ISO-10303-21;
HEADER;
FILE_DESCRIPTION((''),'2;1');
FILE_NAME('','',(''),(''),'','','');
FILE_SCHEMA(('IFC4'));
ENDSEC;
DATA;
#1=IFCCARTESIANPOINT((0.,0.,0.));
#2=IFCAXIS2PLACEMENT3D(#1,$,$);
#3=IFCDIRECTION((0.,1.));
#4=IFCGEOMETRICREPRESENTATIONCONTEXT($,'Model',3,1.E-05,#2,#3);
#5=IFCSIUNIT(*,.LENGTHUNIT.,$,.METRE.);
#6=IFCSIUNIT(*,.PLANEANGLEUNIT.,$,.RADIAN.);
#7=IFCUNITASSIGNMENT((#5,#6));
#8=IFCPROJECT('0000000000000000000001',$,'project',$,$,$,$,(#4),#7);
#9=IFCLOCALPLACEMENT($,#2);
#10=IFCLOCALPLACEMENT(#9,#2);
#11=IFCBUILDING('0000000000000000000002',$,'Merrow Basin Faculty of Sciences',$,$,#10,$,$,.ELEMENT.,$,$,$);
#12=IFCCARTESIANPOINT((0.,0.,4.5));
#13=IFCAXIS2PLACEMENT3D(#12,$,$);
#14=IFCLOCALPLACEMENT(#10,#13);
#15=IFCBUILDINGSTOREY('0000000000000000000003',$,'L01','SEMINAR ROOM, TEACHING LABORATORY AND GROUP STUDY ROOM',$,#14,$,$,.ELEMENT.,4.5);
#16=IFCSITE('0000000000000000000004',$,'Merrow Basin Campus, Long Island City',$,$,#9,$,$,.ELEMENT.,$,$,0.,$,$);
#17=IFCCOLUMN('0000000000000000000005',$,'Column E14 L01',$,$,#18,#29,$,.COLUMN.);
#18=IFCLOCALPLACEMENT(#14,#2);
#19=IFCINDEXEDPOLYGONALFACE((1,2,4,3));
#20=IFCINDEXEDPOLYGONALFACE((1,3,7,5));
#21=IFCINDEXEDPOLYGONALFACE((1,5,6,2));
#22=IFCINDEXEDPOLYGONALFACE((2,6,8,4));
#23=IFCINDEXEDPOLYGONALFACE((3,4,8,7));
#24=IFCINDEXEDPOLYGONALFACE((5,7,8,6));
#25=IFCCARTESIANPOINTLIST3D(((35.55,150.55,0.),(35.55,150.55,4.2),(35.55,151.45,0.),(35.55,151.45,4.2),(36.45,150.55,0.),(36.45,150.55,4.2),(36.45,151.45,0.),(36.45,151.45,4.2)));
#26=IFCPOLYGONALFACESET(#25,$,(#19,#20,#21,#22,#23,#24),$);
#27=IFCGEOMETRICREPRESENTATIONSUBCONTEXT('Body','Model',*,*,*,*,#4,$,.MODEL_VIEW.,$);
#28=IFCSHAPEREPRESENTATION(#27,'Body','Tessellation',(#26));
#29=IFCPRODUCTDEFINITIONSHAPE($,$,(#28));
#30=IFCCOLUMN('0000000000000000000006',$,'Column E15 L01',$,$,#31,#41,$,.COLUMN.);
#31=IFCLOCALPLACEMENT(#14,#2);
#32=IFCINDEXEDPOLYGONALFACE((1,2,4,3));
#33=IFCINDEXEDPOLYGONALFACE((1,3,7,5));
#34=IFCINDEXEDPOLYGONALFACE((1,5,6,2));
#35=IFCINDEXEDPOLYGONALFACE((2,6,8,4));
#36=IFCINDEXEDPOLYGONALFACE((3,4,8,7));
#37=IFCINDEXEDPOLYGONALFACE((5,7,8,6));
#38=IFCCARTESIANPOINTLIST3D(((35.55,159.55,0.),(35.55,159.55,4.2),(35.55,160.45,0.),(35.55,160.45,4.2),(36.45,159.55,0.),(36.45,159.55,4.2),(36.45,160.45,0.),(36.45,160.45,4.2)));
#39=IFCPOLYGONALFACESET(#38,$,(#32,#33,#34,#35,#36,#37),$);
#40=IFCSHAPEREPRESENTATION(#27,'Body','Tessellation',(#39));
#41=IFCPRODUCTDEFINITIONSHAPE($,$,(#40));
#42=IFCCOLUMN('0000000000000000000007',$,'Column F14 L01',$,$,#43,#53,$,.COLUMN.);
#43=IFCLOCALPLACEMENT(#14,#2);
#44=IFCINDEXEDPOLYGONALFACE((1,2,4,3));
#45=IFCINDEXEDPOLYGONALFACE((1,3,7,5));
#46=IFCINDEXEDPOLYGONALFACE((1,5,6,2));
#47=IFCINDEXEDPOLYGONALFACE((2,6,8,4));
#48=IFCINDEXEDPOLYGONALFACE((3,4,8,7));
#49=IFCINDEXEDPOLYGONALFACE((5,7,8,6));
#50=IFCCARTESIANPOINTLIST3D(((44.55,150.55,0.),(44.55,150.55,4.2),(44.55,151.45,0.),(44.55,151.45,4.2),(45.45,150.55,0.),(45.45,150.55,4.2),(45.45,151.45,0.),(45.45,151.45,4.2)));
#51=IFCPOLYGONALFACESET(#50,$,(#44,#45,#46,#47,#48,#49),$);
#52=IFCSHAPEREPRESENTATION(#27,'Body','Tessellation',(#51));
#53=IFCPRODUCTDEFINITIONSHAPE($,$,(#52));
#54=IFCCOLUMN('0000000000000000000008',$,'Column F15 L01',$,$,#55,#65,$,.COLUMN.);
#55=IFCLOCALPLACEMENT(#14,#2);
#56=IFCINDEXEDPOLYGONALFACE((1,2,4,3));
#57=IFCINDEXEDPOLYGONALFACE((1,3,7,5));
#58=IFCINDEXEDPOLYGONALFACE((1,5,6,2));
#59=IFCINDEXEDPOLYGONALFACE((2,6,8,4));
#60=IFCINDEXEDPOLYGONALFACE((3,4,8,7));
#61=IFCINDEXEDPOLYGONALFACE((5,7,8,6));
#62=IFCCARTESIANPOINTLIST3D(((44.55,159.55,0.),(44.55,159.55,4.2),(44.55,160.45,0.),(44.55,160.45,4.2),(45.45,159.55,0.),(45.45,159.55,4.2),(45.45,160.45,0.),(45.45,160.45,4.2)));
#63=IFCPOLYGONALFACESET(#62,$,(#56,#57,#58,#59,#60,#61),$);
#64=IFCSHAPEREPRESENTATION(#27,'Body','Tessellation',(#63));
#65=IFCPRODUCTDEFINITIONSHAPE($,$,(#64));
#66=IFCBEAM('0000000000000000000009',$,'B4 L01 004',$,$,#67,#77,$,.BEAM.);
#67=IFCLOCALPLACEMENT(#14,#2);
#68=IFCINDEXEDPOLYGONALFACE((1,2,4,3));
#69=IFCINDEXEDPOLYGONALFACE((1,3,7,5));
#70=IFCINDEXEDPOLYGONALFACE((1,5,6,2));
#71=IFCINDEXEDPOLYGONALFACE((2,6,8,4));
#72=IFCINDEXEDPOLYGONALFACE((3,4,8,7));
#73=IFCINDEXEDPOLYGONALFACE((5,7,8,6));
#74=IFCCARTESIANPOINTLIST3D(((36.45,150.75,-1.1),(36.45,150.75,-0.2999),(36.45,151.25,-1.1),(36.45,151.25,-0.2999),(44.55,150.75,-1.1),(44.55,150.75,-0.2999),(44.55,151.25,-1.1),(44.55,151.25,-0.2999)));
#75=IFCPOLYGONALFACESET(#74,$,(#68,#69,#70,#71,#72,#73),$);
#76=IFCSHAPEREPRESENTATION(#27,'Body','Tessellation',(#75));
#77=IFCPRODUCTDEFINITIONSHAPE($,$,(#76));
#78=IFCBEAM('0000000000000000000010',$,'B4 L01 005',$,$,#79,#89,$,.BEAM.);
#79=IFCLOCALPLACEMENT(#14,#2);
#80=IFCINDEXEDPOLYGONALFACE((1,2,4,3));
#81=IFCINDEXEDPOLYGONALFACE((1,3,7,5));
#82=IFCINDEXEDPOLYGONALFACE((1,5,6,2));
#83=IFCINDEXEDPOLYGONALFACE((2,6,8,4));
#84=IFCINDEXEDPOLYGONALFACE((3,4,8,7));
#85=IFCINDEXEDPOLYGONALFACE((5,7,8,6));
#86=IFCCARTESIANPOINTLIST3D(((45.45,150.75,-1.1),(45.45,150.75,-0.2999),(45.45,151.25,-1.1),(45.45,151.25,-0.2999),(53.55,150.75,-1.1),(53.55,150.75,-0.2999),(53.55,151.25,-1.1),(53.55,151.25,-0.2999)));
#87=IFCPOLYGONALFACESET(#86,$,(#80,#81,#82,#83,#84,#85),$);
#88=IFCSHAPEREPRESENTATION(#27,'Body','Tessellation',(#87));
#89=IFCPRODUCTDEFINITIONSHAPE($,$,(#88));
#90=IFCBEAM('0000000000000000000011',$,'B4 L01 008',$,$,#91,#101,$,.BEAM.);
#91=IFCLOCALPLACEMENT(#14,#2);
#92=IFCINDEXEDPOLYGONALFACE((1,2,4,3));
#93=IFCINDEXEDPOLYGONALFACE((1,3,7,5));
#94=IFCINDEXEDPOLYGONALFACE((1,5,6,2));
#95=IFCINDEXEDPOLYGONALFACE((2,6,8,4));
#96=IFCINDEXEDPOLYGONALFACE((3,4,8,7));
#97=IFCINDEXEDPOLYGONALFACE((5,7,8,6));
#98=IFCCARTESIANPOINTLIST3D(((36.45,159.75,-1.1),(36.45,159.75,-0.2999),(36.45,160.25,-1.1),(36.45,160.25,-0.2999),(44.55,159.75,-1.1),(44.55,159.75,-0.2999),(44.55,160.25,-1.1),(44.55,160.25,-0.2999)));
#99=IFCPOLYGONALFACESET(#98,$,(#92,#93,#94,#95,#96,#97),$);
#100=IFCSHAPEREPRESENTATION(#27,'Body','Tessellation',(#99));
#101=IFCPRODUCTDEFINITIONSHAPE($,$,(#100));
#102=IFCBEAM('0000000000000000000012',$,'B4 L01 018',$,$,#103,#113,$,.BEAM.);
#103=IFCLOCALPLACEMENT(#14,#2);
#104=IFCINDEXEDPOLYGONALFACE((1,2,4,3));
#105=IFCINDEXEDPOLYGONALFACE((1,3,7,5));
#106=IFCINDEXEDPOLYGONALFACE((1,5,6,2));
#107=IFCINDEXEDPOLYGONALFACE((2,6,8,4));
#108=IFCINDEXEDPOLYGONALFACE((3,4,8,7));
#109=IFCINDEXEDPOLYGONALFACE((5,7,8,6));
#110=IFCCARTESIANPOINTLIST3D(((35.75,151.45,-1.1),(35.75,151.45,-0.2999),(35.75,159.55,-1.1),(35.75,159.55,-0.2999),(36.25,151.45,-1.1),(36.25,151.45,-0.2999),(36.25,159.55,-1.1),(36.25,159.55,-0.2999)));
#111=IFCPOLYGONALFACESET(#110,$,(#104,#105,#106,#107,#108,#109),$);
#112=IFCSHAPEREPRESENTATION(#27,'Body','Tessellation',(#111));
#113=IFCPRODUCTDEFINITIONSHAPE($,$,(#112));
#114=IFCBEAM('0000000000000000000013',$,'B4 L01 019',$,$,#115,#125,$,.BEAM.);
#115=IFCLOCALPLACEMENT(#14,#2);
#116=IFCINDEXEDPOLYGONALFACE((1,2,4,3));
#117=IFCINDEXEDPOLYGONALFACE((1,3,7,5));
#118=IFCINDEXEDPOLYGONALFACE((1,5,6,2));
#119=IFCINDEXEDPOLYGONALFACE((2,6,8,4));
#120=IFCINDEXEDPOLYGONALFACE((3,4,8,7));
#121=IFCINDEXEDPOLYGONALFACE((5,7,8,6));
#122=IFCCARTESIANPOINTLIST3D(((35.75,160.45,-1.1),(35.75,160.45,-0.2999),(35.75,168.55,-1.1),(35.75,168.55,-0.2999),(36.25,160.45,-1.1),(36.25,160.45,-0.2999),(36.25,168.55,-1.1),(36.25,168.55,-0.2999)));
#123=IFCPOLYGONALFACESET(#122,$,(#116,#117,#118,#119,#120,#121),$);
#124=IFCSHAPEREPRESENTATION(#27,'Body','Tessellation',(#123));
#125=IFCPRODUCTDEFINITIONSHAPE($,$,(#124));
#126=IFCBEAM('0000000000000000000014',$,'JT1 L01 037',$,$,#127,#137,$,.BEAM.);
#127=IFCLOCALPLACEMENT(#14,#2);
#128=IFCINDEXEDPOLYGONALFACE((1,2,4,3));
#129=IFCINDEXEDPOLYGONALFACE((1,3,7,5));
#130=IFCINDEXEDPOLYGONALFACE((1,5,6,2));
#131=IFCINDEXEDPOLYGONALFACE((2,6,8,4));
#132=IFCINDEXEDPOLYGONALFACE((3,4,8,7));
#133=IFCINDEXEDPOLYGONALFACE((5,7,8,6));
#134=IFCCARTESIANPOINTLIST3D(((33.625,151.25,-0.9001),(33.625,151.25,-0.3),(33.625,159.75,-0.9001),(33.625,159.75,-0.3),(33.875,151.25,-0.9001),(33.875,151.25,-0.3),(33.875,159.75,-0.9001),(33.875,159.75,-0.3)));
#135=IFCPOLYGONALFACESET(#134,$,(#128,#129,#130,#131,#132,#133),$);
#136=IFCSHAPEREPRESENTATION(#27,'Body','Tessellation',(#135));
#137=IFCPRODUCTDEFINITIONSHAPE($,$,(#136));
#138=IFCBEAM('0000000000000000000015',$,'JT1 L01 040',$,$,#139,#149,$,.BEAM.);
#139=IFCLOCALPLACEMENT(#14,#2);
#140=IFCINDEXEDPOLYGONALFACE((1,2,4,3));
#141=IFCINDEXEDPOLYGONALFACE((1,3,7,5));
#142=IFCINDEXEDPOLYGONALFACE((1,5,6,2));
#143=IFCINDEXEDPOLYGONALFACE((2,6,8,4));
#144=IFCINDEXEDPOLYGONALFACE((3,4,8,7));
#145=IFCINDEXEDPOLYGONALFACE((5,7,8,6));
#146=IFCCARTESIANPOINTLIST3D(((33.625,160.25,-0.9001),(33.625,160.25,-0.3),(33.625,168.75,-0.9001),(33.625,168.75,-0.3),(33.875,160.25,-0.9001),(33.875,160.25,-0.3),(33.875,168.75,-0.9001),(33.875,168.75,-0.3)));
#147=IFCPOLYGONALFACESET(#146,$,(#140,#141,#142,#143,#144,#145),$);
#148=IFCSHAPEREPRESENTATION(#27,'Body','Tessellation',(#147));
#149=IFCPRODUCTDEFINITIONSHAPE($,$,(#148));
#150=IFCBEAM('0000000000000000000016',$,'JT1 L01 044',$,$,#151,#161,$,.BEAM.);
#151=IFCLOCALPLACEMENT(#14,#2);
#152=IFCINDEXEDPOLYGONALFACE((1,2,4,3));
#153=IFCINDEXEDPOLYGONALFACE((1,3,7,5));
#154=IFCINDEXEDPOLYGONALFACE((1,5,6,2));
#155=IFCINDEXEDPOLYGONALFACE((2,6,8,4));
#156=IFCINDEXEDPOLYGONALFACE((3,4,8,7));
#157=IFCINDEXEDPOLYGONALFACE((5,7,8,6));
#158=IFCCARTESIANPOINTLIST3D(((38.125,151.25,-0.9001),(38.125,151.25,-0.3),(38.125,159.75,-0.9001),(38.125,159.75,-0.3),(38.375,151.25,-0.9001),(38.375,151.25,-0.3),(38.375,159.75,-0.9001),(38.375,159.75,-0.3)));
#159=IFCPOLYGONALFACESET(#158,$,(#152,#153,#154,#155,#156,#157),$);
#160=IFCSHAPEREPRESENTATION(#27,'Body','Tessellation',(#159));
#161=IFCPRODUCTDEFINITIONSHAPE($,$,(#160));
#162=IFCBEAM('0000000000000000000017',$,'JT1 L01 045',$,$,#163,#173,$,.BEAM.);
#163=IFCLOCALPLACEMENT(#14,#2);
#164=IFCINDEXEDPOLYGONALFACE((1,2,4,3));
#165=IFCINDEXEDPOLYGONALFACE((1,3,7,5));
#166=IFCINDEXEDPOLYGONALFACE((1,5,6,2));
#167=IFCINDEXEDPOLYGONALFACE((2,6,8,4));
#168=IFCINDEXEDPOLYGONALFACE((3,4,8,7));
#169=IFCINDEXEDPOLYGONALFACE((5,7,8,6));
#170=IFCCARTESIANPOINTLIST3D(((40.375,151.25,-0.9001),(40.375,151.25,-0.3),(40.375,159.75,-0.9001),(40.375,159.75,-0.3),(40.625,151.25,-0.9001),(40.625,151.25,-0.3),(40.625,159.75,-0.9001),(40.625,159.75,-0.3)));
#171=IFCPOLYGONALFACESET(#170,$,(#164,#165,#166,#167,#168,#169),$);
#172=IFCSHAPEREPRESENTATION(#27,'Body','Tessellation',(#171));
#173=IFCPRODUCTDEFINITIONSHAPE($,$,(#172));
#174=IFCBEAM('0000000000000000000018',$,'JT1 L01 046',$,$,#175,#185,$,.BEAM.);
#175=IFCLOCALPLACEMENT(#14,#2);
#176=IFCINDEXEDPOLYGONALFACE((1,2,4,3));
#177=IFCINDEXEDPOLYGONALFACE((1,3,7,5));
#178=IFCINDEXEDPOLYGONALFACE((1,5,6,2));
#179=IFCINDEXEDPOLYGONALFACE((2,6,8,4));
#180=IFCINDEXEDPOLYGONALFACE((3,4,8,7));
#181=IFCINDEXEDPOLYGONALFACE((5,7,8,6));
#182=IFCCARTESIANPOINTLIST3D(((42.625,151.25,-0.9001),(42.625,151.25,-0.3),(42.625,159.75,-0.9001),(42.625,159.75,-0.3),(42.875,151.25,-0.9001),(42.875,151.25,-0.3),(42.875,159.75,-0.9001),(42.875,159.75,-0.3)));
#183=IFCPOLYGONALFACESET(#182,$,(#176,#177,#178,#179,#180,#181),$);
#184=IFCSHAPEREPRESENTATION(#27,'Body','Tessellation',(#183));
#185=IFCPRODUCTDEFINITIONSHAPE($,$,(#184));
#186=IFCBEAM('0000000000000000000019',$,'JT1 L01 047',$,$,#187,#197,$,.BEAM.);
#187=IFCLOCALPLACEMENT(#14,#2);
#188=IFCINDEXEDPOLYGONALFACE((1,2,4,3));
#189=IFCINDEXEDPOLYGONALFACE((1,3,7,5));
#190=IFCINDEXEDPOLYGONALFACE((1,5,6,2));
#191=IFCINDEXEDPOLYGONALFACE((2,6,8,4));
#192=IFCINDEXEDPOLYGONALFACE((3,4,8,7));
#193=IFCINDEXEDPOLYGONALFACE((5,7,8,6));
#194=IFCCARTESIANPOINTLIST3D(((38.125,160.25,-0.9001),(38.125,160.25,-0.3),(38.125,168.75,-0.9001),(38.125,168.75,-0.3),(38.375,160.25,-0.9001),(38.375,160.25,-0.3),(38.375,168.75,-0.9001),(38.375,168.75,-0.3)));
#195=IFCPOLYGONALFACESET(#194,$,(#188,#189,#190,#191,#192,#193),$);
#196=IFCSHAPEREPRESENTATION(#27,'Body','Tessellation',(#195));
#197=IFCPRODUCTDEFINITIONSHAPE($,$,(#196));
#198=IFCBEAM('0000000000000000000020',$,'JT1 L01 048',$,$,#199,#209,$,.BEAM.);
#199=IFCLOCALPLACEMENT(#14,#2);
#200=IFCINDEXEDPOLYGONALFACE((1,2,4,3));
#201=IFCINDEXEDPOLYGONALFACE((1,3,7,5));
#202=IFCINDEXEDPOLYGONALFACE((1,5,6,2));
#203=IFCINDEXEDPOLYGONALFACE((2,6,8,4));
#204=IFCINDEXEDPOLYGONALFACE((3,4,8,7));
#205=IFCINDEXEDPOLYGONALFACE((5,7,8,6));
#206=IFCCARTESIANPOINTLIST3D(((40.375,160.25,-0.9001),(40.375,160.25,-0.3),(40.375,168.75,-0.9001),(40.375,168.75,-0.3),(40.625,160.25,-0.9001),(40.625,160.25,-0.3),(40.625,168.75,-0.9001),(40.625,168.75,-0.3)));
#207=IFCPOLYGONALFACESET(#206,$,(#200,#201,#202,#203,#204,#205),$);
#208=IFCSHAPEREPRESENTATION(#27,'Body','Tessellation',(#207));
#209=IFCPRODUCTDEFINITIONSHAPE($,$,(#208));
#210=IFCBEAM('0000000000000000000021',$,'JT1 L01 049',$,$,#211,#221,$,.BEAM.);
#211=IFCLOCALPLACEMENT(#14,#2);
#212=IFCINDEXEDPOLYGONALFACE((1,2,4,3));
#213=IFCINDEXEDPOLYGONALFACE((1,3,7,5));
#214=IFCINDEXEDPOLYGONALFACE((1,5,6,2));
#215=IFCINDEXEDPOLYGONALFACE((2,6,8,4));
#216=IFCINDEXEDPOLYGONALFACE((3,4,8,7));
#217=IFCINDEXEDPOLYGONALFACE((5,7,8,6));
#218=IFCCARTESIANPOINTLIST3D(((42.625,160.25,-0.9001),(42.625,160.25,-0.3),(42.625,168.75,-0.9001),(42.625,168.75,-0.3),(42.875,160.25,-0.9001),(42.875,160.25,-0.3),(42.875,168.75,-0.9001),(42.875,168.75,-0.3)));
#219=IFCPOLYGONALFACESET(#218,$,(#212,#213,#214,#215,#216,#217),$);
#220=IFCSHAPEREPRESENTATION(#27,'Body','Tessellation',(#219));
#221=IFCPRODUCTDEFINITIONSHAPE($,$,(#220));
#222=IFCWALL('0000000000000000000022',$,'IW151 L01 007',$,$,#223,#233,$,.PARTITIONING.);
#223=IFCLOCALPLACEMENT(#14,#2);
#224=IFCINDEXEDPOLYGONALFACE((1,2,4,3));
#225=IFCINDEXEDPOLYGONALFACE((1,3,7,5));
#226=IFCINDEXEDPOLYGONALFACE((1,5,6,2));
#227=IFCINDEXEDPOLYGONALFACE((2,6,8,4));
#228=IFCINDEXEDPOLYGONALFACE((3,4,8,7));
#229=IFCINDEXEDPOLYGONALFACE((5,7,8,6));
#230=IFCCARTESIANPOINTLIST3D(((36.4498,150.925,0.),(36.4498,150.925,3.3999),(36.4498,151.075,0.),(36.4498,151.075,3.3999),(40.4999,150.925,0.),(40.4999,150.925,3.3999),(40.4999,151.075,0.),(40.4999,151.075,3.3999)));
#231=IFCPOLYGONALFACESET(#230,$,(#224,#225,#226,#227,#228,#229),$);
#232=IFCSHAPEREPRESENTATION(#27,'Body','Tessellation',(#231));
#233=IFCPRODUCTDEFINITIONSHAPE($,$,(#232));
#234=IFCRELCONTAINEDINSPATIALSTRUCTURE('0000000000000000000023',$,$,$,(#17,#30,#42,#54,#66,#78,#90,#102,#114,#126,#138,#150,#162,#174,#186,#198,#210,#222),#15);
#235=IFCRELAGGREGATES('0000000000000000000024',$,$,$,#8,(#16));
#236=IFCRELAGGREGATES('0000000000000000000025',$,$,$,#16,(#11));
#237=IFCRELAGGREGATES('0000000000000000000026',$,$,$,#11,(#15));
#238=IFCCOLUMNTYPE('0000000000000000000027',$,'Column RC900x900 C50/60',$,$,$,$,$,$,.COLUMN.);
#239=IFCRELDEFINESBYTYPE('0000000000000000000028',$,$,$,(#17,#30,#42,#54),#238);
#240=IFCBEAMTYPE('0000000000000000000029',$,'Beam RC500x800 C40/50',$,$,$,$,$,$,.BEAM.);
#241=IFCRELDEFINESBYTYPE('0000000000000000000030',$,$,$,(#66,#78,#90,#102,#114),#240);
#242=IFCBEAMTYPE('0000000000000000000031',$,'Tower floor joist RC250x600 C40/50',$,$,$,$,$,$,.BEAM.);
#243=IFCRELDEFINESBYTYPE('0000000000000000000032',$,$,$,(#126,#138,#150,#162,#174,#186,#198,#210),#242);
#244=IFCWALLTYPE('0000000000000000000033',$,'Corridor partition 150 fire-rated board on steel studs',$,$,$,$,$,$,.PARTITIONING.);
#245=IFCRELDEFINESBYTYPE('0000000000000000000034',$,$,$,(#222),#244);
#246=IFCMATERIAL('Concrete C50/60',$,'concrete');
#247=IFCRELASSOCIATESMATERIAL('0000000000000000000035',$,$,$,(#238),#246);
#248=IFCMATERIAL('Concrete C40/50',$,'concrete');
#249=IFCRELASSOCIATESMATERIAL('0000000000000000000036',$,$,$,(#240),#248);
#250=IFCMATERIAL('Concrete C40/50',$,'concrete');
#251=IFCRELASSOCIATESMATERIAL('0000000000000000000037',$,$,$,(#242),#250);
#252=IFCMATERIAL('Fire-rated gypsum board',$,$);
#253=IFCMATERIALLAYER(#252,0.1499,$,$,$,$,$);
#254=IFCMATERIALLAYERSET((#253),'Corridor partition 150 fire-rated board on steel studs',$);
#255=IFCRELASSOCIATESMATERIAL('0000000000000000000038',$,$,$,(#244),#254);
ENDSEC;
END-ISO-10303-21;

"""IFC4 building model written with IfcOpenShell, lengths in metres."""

from ifc_helpers import new_model, si_unit, direction, frame, frame_2d, origin, origin_2d, place, context, subcontext, project, spatial, rectangle, extrude, material, layer, layer_set, material_profile, profile_set, type_object, element, save


model = new_model("IFC4")

# Units and contexts
model_context = context("Model", 3, precision=1e-05, world=origin(), true_north=direction((0.0, 1.0)))
body_context = subcontext(model_context, "Body", "Model", "MODEL_VIEW")
ifc_project = project(units=[si_unit("LENGTHUNIT", "METRE"), si_unit("PLANEANGLEUNIT", "RADIAN")], contexts=[model_context])

# Site, building, storey
site_placement = place(None, origin())
site = spatial("IfcSite", under=ifc_project, at=site_placement, Name="Merrow Basin Campus, Long Island City", CompositionType="ELEMENT", RefElevation=0.0)
building_placement = place(site_placement, origin())
building = spatial("IfcBuilding", under=site, at=building_placement, Name="Merrow Basin Faculty of Sciences", CompositionType="ELEMENT")
storey_placement = place(building_placement, frame((0.0, 0.0, 4.5)))
storey = spatial("IfcBuildingStorey", under=building, at=storey_placement, Name="L01", Description="SEMINAR ROOM, TEACHING LABORATORY AND GROUP STUDY ROOM", CompositionType="ELEMENT", Elevation=4.5)

# Columns
ifc_material_1 = material(Name="Concrete C50/60", Category="concrete")
ifc_material_profile_1 = material_profile(ifc_material_1, rectangle(XDim=0.8999, YDim=0.8999, at=origin_2d()))
ifc_profile_set_1 = profile_set([ifc_material_profile_1], Name="Concrete C50/60")
column_type = type_object("IfcColumnType", Name="Column RC900x900 C50/60", PredefinedType="COLUMN", material=ifc_profile_set_1)
for number, where, z_axis, x_axis, name in (
    (1, (36.0, 151.0, 0.0), (0.0, 0.0, 1.0), (1.0, 0.0, 0.0), "Column E14 L01"),
    (2, (36.0, 160.0, 0.0), (0.0, 0.0, 1.0), (1.0, 0.0, 0.0), "Column E15 L01"),
    (3, (45.0, 151.0, 0.0), (0.0, 0.0, 1.0), (1.0, 0.0, 0.0), "Column F14 L01"),
    (4, (45.0, 160.0, 0.0), (0.0, 0.0, 1.0), (1.0, 0.0, 0.0), "Column F15 L01"),
):
    element("IfcColumn", number, at=place(storey_placement, frame(where, z_axis=z_axis, x_axis=x_axis)), inside=storey, type_object=column_type, Name=name, PredefinedType="COLUMN", context=body_context, shape_type="SweptSolid", body=[
        extrude(rectangle(XDim=0.8999, YDim=0.8999, at=origin_2d()), origin(), (0.0, 0.0, 1.0), 4.2),
    ])

# Beams
ifc_material_2 = material(Name="Concrete C40/50", Category="concrete")
ifc_material_profile_2 = material_profile(ifc_material_2, rectangle(XDim=0.5, YDim=0.8, at=origin_2d()))
ifc_profile_set_2 = profile_set([ifc_material_profile_2], Name="Concrete C40/50")
beam_type_1 = type_object("IfcBeamType", Name="Beam RC500x800 C40/50", PredefinedType="BEAM", material=ifc_profile_set_2)
for number, where, z_axis, x_axis, name in (
    (5, (36.45, 151.0, -0.7), (1.0, 0.0, 0.0), (0.0, 1.0, 0.0), "B4 L01 004"),
    (6, (45.45, 151.0, -0.7), (1.0, 0.0, 0.0), (0.0, 1.0, 0.0), "B4 L01 005"),
    (7, (36.45, 160.0, -0.7), (1.0, 0.0, 0.0), (0.0, 1.0, 0.0), "B4 L01 008"),
    (8, (36.0, 151.45, -0.7), (0.0, 1.0, 0.0), (-1.0, 0.0, 0.0), "B4 L01 018"),
    (9, (36.0, 160.45, -0.7), (0.0, 1.0, 0.0), (-1.0, 0.0, 0.0), "B4 L01 019"),
):
    element("IfcBeam", number, at=place(storey_placement, frame(where, z_axis=z_axis, x_axis=x_axis)), inside=storey, type_object=beam_type_1, Name=name, PredefinedType="BEAM", context=body_context, shape_type="SweptSolid", body=[
        extrude(rectangle(XDim=0.5, YDim=0.8, at=origin_2d()), origin(), (0.0, 0.0, 1.0), 8.1001),
    ])
ifc_material_3 = material(Name="Concrete C40/50", Category="concrete")
ifc_material_profile_3 = material_profile(ifc_material_3, rectangle(XDim=0.25, YDim=0.6001, at=origin_2d()))
ifc_profile_set_3 = profile_set([ifc_material_profile_3], Name="Concrete C40/50")
beam_type_2 = type_object("IfcBeamType", Name="Tower floor joist RC250x600 C40/50", PredefinedType="BEAM", material=ifc_profile_set_3)
for number, where, z_axis, x_axis, name in (
    (10, (33.75, 151.25, -0.6001), (0.0, 1.0, 0.0), (-1.0, 0.0, 0.0), "JT1 L01 037"),
    (11, (33.75, 160.25, -0.6001), (0.0, 1.0, 0.0), (-1.0, 0.0, 0.0), "JT1 L01 040"),
    (12, (38.25, 151.25, -0.6001), (0.0, 1.0, 0.0), (-1.0, 0.0, 0.0), "JT1 L01 044"),
    (13, (40.5, 151.25, -0.6001), (0.0, 1.0, 0.0), (-1.0, 0.0, 0.0), "JT1 L01 045"),
    (14, (42.75, 151.25, -0.6001), (0.0, 1.0, 0.0), (-1.0, 0.0, 0.0), "JT1 L01 046"),
    (15, (38.25, 160.25, -0.6001), (0.0, 1.0, 0.0), (-1.0, 0.0, 0.0), "JT1 L01 047"),
    (16, (40.5, 160.25, -0.6001), (0.0, 1.0, 0.0), (-1.0, 0.0, 0.0), "JT1 L01 048"),
    (17, (42.75, 160.25, -0.6001), (0.0, 1.0, 0.0), (-1.0, 0.0, 0.0), "JT1 L01 049"),
):
    element("IfcBeam", number, at=place(storey_placement, frame(where, z_axis=z_axis, x_axis=x_axis)), inside=storey, type_object=beam_type_2, Name=name, PredefinedType="BEAM", context=body_context, shape_type="SweptSolid", body=[
        extrude(rectangle(XDim=0.25, YDim=0.6001, at=origin_2d()), origin(), (0.0, 0.0, 1.0), 8.5),
    ])

# Wall
ifc_material_4 = material(Name="Fire-rated gypsum board")
ifc_layer_1 = layer(ifc_material_4, 0.1499)
ifc_layer_set_1 = layer_set([ifc_layer_1], Name="Corridor partition 150 fire-rated board on steel studs")
wall_type_1 = type_object("IfcWallType", Name="Corridor partition 150 fire-rated board on steel studs", PredefinedType="PARTITIONING", material=ifc_layer_set_1)
wall_1_placement = place(storey_placement, frame((36.45, 151.0, 0.0), z_axis=(0.0, 0.0, 1.0), x_axis=(1.0, 0.0, 0.0)))
element("IfcWall", 18, at=wall_1_placement, inside=storey, type_object=wall_type_1, Name="IW151 L01 007", PredefinedType="PARTITIONING", context=body_context, shape_type="SweptSolid", body=[
    extrude(rectangle(XDim=4.05, YDim=0.1499, at=frame_2d((2.0249, 0.0))), origin(), (0.0, 0.0, 1.0), 3.3999),
])

save(model, "model.ifc")
